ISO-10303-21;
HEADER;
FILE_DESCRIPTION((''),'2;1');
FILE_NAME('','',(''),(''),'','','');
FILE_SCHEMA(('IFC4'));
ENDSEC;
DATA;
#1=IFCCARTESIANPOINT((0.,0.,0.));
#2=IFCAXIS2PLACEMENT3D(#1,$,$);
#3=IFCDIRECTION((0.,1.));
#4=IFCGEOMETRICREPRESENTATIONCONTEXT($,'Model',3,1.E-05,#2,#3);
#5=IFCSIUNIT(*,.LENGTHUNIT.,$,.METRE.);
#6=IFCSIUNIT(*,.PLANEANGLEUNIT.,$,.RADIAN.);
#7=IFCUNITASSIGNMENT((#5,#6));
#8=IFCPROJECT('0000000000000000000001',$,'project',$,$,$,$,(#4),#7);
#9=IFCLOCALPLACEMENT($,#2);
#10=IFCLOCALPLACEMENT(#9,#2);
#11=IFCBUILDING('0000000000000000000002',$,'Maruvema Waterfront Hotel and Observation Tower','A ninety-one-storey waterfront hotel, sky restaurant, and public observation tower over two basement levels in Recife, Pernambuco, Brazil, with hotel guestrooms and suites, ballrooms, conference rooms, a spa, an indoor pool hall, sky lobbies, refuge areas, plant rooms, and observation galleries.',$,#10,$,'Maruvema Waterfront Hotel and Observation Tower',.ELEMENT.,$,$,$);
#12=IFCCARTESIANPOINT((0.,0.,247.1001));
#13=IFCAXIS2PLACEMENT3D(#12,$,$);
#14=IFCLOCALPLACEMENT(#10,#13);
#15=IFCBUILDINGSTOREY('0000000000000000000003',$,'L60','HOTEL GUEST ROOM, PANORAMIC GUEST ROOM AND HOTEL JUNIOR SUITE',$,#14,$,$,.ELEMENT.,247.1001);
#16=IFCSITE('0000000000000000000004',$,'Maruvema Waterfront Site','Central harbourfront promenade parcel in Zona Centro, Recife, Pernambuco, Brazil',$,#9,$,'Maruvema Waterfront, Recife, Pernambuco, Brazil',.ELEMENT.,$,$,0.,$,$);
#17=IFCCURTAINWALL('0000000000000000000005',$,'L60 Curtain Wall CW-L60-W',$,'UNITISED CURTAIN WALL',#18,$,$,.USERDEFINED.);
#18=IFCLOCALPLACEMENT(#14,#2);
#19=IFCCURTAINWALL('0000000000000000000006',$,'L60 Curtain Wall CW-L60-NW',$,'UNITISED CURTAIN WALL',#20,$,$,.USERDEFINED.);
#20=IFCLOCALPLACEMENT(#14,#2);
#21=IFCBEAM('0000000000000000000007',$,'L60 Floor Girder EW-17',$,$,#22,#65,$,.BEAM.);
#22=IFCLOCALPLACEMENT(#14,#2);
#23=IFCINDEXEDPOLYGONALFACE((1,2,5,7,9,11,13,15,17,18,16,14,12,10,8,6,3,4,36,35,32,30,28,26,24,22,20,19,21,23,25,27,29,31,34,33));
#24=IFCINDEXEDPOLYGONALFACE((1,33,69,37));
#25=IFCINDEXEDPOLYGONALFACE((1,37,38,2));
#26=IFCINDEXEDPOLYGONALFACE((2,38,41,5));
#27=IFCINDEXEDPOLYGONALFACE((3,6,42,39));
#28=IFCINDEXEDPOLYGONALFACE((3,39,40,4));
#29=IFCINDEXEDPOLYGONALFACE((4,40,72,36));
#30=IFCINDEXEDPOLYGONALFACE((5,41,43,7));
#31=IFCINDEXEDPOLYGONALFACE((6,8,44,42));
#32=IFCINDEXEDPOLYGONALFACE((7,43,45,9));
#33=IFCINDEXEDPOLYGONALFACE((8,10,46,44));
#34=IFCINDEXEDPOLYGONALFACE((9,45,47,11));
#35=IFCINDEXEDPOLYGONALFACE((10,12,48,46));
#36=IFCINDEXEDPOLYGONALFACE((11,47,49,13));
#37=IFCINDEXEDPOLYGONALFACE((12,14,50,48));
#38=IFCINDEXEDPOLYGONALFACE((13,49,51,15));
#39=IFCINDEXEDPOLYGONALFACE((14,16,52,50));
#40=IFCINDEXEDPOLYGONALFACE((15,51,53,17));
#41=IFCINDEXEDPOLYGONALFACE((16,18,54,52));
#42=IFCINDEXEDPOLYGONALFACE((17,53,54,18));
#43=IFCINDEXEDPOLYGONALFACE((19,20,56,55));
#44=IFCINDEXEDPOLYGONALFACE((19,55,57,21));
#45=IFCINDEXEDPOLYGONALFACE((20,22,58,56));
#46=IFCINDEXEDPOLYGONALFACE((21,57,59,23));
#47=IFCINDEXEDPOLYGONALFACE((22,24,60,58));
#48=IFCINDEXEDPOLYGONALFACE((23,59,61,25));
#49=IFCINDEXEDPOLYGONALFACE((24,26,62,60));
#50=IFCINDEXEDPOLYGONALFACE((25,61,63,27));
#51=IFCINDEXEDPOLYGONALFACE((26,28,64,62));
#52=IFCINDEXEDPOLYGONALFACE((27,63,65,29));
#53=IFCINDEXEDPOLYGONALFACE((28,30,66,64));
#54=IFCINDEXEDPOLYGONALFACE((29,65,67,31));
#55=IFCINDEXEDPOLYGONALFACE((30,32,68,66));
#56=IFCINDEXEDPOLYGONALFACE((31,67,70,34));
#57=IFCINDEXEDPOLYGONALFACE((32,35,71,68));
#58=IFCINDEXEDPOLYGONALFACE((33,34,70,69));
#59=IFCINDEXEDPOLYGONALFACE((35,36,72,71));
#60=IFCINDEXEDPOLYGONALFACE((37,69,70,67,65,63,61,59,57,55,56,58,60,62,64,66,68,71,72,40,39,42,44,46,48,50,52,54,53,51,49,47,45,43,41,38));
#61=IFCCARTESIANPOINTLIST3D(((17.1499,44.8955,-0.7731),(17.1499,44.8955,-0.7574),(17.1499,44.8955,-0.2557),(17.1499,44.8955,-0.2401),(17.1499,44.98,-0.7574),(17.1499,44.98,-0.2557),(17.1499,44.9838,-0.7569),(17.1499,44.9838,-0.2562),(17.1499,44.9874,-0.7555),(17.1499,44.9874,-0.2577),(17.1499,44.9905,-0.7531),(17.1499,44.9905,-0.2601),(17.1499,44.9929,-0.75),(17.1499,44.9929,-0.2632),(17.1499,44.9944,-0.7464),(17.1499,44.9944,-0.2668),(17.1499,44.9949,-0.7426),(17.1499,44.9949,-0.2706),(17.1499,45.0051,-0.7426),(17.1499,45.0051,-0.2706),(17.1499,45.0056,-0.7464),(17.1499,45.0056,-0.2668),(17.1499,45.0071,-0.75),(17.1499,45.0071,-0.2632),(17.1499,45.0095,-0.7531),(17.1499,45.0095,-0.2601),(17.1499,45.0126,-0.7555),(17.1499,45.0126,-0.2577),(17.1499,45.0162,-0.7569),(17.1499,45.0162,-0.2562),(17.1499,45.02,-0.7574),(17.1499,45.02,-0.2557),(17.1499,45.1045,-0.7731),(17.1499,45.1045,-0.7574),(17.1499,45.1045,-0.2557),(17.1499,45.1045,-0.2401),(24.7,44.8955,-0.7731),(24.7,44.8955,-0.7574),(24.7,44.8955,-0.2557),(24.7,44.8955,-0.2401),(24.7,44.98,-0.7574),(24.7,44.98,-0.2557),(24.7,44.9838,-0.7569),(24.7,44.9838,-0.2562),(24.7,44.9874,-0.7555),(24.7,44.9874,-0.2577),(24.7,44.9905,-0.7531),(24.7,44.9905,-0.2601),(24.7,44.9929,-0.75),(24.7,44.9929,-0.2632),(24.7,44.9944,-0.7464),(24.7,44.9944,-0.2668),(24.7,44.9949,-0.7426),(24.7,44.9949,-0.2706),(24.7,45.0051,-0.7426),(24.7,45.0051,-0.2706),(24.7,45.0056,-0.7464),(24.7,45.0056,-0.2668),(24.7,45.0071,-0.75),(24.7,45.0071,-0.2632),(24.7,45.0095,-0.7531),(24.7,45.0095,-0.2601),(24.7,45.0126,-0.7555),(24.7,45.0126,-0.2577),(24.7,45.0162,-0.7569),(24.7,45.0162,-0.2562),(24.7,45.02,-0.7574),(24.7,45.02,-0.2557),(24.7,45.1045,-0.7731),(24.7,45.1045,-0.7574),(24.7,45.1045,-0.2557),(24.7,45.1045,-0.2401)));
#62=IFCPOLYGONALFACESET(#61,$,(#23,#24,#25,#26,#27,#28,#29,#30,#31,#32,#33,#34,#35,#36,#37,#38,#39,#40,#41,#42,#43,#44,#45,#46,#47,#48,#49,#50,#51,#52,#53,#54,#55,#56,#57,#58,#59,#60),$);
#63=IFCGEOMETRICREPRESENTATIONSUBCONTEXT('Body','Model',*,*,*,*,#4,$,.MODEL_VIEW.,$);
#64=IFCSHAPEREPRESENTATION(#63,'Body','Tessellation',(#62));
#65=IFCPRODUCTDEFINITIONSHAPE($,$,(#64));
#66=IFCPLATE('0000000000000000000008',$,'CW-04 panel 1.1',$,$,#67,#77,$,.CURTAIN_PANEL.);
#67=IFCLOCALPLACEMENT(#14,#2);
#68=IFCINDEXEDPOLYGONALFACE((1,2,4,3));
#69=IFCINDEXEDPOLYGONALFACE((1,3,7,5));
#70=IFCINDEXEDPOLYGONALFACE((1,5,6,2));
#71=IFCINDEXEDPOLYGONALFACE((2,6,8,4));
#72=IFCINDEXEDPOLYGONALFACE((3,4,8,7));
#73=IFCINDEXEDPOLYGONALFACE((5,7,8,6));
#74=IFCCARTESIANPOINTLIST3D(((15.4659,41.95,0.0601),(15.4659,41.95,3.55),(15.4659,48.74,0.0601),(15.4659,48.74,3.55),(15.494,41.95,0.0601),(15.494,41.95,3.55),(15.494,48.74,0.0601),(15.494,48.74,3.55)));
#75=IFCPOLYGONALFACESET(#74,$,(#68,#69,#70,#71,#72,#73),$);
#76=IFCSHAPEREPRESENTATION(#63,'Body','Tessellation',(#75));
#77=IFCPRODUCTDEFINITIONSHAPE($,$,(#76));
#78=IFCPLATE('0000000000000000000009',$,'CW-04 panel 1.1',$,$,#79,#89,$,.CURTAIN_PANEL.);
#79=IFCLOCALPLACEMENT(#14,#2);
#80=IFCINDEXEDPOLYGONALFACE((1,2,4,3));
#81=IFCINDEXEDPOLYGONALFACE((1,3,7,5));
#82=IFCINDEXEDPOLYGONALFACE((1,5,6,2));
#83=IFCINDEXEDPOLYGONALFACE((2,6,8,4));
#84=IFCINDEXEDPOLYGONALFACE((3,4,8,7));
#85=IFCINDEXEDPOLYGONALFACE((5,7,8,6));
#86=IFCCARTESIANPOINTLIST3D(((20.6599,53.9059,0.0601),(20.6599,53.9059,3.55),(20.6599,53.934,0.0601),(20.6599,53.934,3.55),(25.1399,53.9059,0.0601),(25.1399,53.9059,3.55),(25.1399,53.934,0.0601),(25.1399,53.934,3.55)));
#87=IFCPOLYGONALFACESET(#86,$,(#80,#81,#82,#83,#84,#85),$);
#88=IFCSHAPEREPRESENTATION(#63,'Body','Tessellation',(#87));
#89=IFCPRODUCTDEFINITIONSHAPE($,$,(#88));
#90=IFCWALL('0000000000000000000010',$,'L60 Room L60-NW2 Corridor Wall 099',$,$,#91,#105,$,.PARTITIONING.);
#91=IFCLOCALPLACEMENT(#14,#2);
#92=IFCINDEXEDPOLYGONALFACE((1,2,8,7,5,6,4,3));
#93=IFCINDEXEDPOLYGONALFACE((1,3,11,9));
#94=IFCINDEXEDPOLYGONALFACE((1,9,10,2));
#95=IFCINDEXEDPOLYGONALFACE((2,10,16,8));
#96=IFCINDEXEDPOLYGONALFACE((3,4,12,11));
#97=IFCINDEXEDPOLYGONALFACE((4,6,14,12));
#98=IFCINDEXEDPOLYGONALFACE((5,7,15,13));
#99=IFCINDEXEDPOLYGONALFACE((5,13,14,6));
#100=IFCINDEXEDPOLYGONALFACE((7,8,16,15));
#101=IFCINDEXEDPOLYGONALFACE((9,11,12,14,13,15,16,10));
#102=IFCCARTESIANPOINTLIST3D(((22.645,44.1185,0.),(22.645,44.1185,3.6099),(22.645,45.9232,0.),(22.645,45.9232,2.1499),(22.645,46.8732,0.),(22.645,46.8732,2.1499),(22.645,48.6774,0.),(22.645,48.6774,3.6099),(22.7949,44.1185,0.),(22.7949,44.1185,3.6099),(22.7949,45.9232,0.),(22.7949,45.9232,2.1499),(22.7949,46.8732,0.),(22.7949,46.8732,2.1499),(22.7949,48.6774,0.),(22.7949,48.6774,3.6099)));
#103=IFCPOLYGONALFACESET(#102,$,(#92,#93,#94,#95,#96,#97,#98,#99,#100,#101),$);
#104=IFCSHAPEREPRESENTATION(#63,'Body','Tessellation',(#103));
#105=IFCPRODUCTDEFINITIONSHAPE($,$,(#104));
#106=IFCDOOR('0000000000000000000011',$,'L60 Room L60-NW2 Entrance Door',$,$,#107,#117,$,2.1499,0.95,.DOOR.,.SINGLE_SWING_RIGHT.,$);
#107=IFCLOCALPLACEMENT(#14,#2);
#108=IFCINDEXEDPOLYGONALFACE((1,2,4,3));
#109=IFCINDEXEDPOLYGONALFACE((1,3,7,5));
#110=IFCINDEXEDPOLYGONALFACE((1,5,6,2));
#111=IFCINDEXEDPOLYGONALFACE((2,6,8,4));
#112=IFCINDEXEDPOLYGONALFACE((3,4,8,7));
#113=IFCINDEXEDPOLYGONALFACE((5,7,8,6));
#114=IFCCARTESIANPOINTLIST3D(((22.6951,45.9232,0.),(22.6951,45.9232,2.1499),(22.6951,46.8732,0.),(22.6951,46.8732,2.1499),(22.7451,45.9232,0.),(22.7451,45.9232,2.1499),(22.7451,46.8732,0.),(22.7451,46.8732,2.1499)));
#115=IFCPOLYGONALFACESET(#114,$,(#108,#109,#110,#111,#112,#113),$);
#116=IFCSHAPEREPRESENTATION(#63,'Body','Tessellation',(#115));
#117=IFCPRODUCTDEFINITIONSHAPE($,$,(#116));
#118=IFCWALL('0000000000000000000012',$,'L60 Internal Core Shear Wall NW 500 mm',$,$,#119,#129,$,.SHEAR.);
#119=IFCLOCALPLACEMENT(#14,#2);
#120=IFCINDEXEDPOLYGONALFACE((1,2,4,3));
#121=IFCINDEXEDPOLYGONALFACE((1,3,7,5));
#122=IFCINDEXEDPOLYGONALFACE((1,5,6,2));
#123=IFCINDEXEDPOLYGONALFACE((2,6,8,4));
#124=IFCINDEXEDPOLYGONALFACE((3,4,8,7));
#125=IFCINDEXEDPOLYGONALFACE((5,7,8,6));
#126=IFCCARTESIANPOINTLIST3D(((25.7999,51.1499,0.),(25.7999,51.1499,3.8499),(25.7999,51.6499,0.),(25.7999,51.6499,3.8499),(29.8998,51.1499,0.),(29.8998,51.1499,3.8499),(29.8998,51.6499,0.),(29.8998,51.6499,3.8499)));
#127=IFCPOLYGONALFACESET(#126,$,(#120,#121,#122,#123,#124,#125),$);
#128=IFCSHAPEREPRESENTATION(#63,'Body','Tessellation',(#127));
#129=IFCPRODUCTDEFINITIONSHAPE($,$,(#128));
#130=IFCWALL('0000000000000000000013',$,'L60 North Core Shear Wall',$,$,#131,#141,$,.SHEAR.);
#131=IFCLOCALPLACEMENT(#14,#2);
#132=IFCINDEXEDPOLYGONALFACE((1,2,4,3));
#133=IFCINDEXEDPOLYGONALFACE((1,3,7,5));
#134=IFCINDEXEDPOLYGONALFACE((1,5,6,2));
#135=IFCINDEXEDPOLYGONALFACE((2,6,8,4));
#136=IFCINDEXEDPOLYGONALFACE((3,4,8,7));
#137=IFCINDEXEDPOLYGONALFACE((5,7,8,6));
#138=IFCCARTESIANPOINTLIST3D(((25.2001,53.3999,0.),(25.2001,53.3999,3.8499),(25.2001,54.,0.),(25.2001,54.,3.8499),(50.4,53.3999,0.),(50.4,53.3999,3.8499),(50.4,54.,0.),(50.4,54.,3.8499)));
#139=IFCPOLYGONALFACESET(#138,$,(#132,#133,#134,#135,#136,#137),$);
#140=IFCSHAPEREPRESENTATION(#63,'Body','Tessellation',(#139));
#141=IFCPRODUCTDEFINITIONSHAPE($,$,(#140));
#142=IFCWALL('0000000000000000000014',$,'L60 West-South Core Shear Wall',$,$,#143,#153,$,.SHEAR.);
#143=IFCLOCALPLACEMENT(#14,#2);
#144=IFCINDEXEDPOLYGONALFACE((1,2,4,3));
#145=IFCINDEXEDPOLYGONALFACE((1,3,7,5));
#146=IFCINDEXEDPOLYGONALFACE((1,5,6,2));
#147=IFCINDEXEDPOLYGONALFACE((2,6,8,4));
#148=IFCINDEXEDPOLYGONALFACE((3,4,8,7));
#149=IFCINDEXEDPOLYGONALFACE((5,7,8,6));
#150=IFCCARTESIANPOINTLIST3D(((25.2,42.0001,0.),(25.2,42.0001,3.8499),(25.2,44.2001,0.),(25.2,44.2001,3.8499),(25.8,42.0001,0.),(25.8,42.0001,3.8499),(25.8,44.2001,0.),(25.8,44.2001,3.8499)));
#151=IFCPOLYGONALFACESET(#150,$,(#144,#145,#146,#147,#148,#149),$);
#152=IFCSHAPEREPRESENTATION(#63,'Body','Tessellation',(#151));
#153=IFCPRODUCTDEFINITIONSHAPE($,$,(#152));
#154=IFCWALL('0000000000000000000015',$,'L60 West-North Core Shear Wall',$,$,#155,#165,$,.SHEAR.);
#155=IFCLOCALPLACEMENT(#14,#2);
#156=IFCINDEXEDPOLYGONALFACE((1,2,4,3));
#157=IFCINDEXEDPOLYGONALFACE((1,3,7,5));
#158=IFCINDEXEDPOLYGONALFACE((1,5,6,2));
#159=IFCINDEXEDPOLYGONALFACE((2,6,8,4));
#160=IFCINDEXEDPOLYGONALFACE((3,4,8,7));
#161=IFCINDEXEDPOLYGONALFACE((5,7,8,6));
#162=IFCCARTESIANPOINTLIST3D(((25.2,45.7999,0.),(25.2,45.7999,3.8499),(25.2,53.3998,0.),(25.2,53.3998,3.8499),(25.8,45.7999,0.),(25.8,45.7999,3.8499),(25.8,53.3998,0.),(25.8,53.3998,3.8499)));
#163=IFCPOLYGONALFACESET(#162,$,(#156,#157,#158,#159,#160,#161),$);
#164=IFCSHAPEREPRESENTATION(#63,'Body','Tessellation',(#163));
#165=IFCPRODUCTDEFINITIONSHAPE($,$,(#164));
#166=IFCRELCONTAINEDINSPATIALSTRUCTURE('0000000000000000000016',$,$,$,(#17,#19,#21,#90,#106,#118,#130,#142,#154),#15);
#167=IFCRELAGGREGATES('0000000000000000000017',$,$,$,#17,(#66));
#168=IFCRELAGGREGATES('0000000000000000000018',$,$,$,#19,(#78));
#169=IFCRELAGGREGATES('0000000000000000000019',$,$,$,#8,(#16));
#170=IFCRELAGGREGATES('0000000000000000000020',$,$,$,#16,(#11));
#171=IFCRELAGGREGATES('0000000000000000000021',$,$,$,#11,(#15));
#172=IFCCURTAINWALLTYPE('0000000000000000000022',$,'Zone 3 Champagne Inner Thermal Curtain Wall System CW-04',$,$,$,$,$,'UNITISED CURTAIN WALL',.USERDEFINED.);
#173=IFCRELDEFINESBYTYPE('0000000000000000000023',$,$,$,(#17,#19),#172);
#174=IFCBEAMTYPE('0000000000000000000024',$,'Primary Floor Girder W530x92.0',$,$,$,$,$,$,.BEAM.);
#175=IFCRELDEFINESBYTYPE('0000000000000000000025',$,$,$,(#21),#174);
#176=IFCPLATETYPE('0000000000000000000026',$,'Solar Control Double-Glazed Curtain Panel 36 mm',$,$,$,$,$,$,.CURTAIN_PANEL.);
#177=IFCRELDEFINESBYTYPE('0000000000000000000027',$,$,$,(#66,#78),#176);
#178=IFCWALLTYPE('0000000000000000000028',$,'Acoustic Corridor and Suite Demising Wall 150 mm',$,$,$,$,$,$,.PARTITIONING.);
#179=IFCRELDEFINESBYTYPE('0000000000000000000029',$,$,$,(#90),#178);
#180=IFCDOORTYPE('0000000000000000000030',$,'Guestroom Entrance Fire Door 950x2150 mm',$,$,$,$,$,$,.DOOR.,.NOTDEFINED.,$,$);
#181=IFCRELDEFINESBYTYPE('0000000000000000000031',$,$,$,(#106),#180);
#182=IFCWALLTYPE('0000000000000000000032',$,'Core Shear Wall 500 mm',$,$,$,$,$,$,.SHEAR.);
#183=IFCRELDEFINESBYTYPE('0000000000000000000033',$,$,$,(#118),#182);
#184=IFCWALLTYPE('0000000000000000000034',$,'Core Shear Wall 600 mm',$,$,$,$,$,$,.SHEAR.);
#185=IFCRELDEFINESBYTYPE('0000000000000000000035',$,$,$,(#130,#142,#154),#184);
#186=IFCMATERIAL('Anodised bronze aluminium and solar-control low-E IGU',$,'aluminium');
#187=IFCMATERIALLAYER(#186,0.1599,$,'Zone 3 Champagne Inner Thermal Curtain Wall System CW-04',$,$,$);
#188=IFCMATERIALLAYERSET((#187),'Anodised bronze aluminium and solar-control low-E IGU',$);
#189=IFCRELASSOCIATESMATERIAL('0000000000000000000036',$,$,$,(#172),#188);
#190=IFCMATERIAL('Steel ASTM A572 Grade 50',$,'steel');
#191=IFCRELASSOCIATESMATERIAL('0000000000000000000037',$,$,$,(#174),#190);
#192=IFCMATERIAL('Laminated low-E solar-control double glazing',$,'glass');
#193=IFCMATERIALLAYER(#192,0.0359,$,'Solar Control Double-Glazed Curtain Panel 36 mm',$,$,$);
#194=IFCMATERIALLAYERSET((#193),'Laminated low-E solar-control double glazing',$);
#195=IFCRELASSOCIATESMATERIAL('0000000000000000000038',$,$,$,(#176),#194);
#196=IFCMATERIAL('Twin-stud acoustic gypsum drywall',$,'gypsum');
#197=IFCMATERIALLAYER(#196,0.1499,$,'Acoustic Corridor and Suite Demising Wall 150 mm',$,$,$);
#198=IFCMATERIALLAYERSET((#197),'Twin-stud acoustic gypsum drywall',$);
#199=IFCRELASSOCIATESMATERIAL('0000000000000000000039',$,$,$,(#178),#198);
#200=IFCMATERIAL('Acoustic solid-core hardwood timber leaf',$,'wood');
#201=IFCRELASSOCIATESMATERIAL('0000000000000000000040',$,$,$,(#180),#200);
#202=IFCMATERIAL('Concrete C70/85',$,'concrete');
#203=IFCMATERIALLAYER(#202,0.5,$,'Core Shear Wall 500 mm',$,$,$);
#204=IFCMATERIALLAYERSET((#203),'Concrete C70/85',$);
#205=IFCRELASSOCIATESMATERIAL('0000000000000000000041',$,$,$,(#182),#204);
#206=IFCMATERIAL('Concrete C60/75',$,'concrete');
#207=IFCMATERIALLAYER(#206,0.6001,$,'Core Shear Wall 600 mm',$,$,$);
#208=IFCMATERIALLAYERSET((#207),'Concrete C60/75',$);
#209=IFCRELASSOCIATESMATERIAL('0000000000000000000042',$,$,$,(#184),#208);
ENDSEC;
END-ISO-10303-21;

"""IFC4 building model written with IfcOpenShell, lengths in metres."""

from ifc_helpers import new_model, si_unit, direction, frame, frame_2d, origin, origin_2d, place, context, subcontext, project, spatial, rectangle, i_section, extrude, material, layer, layer_set, material_profile, profile_set, type_object, element, fill, aggregate, save


model = new_model("IFC4")

# Units and contexts
model_context = context("Model", 3, precision=1e-05, world=origin(), true_north=direction((0.0, 1.0)))
body_context = subcontext(model_context, "Body", "Model", "MODEL_VIEW")
ifc_project = project(units=[si_unit("LENGTHUNIT", "METRE"), si_unit("PLANEANGLEUNIT", "RADIAN")], contexts=[model_context])

# Site, building, storey
site_placement = place(None, origin())
site = spatial("IfcSite", under=ifc_project, at=site_placement, Name="Maruvema Waterfront Site", Description="Central harbourfront promenade parcel in Zona Centro, Recife, Pernambuco, Brazil", LongName="Maruvema Waterfront, Recife, Pernambuco, Brazil", CompositionType="ELEMENT", RefElevation=0.0)
building_placement = place(site_placement, origin())
building = spatial("IfcBuilding", under=site, at=building_placement, Name="Maruvema Waterfront Hotel and Observation Tower", Description="A ninety-one-storey waterfront hotel, sky restaurant, and public observation tower over two basement levels in Recife, Pernambuco, Brazil, with hotel guestrooms and suites, ballrooms, conference rooms, a spa, an indoor pool hall, sky lobbies, refuge areas, plant rooms, and observation galleries.", LongName="Maruvema Waterfront Hotel and Observation Tower", CompositionType="ELEMENT")
storey_placement = place(building_placement, frame((0.0, 0.0, 247.1001)))
storey = spatial("IfcBuildingStorey", under=building, at=storey_placement, Name="L60", Description="HOTEL GUEST ROOM, PANORAMIC GUEST ROOM AND HOTEL JUNIOR SUITE", CompositionType="ELEMENT", Elevation=247.1001)

# Curtain walls
ifc_material_1 = material(Name="Anodised bronze aluminium and solar-control low-E IGU", Category="aluminium")
ifc_layer_1 = layer(ifc_material_1, 0.1599, Name="Zone 3 Champagne Inner Thermal Curtain Wall System CW-04")
ifc_layer_set_1 = layer_set([ifc_layer_1], Name="Anodised bronze aluminium and solar-control low-E IGU")
curtain_wall_type = type_object("IfcCurtainWallType", Name="Zone 3 Champagne Inner Thermal Curtain Wall System CW-04", ElementType="UNITISED CURTAIN WALL", PredefinedType="USERDEFINED", material=ifc_layer_set_1)
curtain_wall_1_placement = place(storey_placement, origin())
curtain_wall_1 = element("IfcCurtainWall", 1, at=curtain_wall_1_placement, inside=storey, type_object=curtain_wall_type, Name="L60 Curtain Wall CW-L60-W", ObjectType="UNITISED CURTAIN WALL", PredefinedType="USERDEFINED")
curtain_wall_2_placement = place(storey_placement, origin())
curtain_wall_2 = element("IfcCurtainWall", 2, at=curtain_wall_2_placement, inside=storey, type_object=curtain_wall_type, Name="L60 Curtain Wall CW-L60-NW", ObjectType="UNITISED CURTAIN WALL", PredefinedType="USERDEFINED")

# Beam
ifc_material_2 = material(Name="Steel ASTM A572 Grade 50", Category="steel")
ifc_material_profile_1 = material_profile(ifc_material_2, i_section(OverallWidth=0.209, OverallDepth=0.533, WebThickness=0.0103, FlangeThickness=0.0156, FilletRadius=0.0149, at=origin_2d()), Name="W530x92.0")
ifc_profile_set_1 = profile_set([ifc_material_profile_1], Name="Steel ASTM A572 Grade 50")
beam_type = type_object("IfcBeamType", Name="Primary Floor Girder W530x92.0", PredefinedType="BEAM", material=ifc_profile_set_1)
beam_placement = place(storey_placement, frame((17.1499, 45.0, -0.5066), z_axis=(1.0, 0.0, 0.0), x_axis=(0.0, 1.0, 0.0)))
element("IfcBeam", 3, at=beam_placement, inside=storey, type_object=beam_type, Name="L60 Floor Girder EW-17", PredefinedType="BEAM", context=body_context, shape_type="SweptSolid", body=[
    extrude(i_section(OverallWidth=0.209, OverallDepth=0.533, WebThickness=0.0103, FlangeThickness=0.0156, FilletRadius=0.0149, at=origin_2d()), origin(), (0.0, 0.0, 1.0), 7.55),
])

# Plates
ifc_material_3 = material(Name="Laminated low-E solar-control double glazing", Category="glass")
ifc_layer_2 = layer(ifc_material_3, 0.0359, Name="Solar Control Double-Glazed Curtain Panel 36 mm")
ifc_layer_set_2 = layer_set([ifc_layer_2], Name="Laminated low-E solar-control double glazing")
plate_type = type_object("IfcPlateType", Name="Solar Control Double-Glazed Curtain Panel 36 mm", PredefinedType="CURTAIN_PANEL", material=ifc_layer_set_2)
plate_1_placement = place(storey_placement, frame((15.48, 45.345, 0.0601), z_axis=(0.0, 0.0, 1.0), x_axis=(0.0, -1.0, 0.0)))
plate_1 = element("IfcPlate", 4, at=plate_1_placement, type_object=plate_type, Name="CW-04 panel 1.1", PredefinedType="CURTAIN_PANEL", context=body_context, shape_type="SweptSolid", body=[
    extrude(rectangle(XDim=6.79, YDim=0.0281, at=origin_2d()), origin(), (0.0, 0.0, 1.0), 3.49),
])
aggregate(curtain_wall_1, [plate_1])
plate_2_placement = place(storey_placement, frame((22.8999, 53.9199, 0.0601), z_axis=(0.0, 0.0, 1.0), x_axis=(-1.0, 0.0, 0.0)))
plate_2 = element("IfcPlate", 5, at=plate_2_placement, type_object=plate_type, Name="CW-04 panel 1.1", PredefinedType="CURTAIN_PANEL", context=body_context, shape_type="SweptSolid", body=[
    extrude(rectangle(XDim=4.48, YDim=0.0281, at=origin_2d()), origin(), (0.0, 0.0, 1.0), 3.49),
])
aggregate(curtain_wall_2, [plate_2])

# Wall, opening, door
ifc_material_4 = material(Name="Twin-stud acoustic gypsum drywall", Category="gypsum")
ifc_layer_3 = layer(ifc_material_4, 0.1499, Name="Acoustic Corridor and Suite Demising Wall 150 mm")
ifc_layer_set_3 = layer_set([ifc_layer_3], Name="Twin-stud acoustic gypsum drywall")
wall_type_1 = type_object("IfcWallType", Name="Acoustic Corridor and Suite Demising Wall 150 mm", PredefinedType="PARTITIONING", material=ifc_layer_set_3)
wall_1_placement = place(storey_placement, frame((22.72, 44.1187, 0.0), z_axis=(0.0, 0.0, 1.0), x_axis=(0.0, 1.0, 0.0)))
wall_1 = element("IfcWall", 6, at=wall_1_placement, inside=storey, type_object=wall_type_1, Name="L60 Room L60-NW2 Corridor Wall 099", PredefinedType="PARTITIONING", context=body_context, shape_type="SweptSolid", body=[
    extrude(rectangle(XDim=4.5588, YDim=0.1499, at=frame_2d((2.2793, 0.0))), origin(), (0.0, 0.0, 1.0), 3.6099),
])
opening_1_placement = place(wall_1_placement, frame((1.8044, 0.0, 0.0)))
opening_1 = element("IfcOpeningElement", 7, at=opening_1_placement, cuts=wall_1, PredefinedType="OPENING", context=body_context, shape_type="SweptSolid", body=[
    extrude(rectangle(XDim=0.95, YDim=2.1499, at=frame_2d((0.4751, 1.075))), frame((0.0, 0.085, 0.0), z_axis=(0.0, -1.0, 0.0), x_axis=(1.0, 0.0, 0.0)), (0.0, 0.0, 1.0), 0.1699),
])
ifc_material_5 = material(Name="Acoustic solid-core hardwood timber leaf", Category="wood")
door_type_1 = type_object("IfcDoorType", Name="Guestroom Entrance Fire Door 950x2150 mm", OperationType="NOTDEFINED", PredefinedType="DOOR", material=ifc_material_5)
door_1_placement = place(opening_1_placement, origin())
door_1 = element("IfcDoor", 8, at=door_1_placement, inside=storey, type_object=door_type_1, Name="L60 Room L60-NW2 Entrance Door", OperationType="SINGLE_SWING_RIGHT", OverallHeight=2.1499, OverallWidth=0.95, PredefinedType="DOOR", context=body_context, shape_type="SweptSolid", body=[
    extrude(rectangle(XDim=0.95, YDim=2.1499, at=frame_2d((0.4751, 1.075))), frame((0.0, 0.0249, 0.0), z_axis=(0.0, -1.0, 0.0), x_axis=(1.0, 0.0, 0.0)), (0.0, 0.0, 1.0), 0.05),
])
fill(opening_1, door_1)

# Walls
ifc_material_6 = material(Name="Concrete C70/85", Category="concrete")
ifc_layer_4 = layer(ifc_material_6, 0.5, Name="Core Shear Wall 500 mm")
ifc_layer_set_4 = layer_set([ifc_layer_4], Name="Concrete C70/85")
wall_type_2 = type_object("IfcWallType", Name="Core Shear Wall 500 mm", PredefinedType="SHEAR", material=ifc_layer_set_4)
wall_2_placement = place(storey_placement, frame((25.8, 51.3999, 0.0), z_axis=(0.0, 0.0, 1.0), x_axis=(1.0, 0.0, 0.0)))
element("IfcWall", 9, at=wall_2_placement, inside=storey, type_object=wall_type_2, Name="L60 Internal Core Shear Wall NW 500 mm", PredefinedType="SHEAR", context=body_context, shape_type="SweptSolid", body=[
    extrude(rectangle(XDim=4.0999, YDim=0.5, at=frame_2d((2.0498, 0.0))), origin(), (0.0, 0.0, 1.0), 3.8499),
])
ifc_material_7 = material(Name="Concrete C60/75", Category="concrete")
ifc_layer_5 = layer(ifc_material_7, 0.6001, Name="Core Shear Wall 600 mm")
ifc_layer_set_5 = layer_set([ifc_layer_5], Name="Concrete C60/75")
wall_type_3 = type_object("IfcWallType", Name="Core Shear Wall 600 mm", PredefinedType="SHEAR", material=ifc_layer_set_5)
wall_3_placement = place(storey_placement, frame((25.2, 53.7, 0.0), z_axis=(0.0, 0.0, 1.0), x_axis=(1.0, 0.0, 0.0)))
element("IfcWall", 10, at=wall_3_placement, inside=storey, type_object=wall_type_3, Name="L60 North Core Shear Wall", PredefinedType="SHEAR", context=body_context, shape_type="SweptSolid", body=[
    extrude(rectangle(XDim=25.2, YDim=0.6001, at=frame_2d((12.6001, 0.0))), origin(), (0.0, 0.0, 1.0), 3.8499),
])
wall_4_placement = place(storey_placement, frame((25.5, 42.0, 0.0), z_axis=(0.0, 0.0, 1.0), x_axis=(0.0, 1.0, 0.0)))
element("IfcWall", 11, at=wall_4_placement, inside=storey, type_object=wall_type_3, Name="L60 West-South Core Shear Wall", PredefinedType="SHEAR", context=body_context, shape_type="SweptSolid", body=[
    extrude(rectangle(XDim=2.2, YDim=0.6001, at=frame_2d((1.1001, 0.0))), origin(), (0.0, 0.0, 1.0), 3.8499),
])
wall_5_placement = place(storey_placement, frame((25.5, 45.8, 0.0), z_axis=(0.0, 0.0, 1.0), x_axis=(0.0, 1.0, 0.0)))
element("IfcWall", 12, at=wall_5_placement, inside=storey, type_object=wall_type_3, Name="L60 West-North Core Shear Wall", PredefinedType="SHEAR", context=body_context, shape_type="SweptSolid", body=[
    extrude(rectangle(XDim=7.5999, YDim=0.6001, at=frame_2d((3.7998, 0.0))), origin(), (0.0, 0.0, 1.0), 3.8499),
])

save(model, "model.ifc")
